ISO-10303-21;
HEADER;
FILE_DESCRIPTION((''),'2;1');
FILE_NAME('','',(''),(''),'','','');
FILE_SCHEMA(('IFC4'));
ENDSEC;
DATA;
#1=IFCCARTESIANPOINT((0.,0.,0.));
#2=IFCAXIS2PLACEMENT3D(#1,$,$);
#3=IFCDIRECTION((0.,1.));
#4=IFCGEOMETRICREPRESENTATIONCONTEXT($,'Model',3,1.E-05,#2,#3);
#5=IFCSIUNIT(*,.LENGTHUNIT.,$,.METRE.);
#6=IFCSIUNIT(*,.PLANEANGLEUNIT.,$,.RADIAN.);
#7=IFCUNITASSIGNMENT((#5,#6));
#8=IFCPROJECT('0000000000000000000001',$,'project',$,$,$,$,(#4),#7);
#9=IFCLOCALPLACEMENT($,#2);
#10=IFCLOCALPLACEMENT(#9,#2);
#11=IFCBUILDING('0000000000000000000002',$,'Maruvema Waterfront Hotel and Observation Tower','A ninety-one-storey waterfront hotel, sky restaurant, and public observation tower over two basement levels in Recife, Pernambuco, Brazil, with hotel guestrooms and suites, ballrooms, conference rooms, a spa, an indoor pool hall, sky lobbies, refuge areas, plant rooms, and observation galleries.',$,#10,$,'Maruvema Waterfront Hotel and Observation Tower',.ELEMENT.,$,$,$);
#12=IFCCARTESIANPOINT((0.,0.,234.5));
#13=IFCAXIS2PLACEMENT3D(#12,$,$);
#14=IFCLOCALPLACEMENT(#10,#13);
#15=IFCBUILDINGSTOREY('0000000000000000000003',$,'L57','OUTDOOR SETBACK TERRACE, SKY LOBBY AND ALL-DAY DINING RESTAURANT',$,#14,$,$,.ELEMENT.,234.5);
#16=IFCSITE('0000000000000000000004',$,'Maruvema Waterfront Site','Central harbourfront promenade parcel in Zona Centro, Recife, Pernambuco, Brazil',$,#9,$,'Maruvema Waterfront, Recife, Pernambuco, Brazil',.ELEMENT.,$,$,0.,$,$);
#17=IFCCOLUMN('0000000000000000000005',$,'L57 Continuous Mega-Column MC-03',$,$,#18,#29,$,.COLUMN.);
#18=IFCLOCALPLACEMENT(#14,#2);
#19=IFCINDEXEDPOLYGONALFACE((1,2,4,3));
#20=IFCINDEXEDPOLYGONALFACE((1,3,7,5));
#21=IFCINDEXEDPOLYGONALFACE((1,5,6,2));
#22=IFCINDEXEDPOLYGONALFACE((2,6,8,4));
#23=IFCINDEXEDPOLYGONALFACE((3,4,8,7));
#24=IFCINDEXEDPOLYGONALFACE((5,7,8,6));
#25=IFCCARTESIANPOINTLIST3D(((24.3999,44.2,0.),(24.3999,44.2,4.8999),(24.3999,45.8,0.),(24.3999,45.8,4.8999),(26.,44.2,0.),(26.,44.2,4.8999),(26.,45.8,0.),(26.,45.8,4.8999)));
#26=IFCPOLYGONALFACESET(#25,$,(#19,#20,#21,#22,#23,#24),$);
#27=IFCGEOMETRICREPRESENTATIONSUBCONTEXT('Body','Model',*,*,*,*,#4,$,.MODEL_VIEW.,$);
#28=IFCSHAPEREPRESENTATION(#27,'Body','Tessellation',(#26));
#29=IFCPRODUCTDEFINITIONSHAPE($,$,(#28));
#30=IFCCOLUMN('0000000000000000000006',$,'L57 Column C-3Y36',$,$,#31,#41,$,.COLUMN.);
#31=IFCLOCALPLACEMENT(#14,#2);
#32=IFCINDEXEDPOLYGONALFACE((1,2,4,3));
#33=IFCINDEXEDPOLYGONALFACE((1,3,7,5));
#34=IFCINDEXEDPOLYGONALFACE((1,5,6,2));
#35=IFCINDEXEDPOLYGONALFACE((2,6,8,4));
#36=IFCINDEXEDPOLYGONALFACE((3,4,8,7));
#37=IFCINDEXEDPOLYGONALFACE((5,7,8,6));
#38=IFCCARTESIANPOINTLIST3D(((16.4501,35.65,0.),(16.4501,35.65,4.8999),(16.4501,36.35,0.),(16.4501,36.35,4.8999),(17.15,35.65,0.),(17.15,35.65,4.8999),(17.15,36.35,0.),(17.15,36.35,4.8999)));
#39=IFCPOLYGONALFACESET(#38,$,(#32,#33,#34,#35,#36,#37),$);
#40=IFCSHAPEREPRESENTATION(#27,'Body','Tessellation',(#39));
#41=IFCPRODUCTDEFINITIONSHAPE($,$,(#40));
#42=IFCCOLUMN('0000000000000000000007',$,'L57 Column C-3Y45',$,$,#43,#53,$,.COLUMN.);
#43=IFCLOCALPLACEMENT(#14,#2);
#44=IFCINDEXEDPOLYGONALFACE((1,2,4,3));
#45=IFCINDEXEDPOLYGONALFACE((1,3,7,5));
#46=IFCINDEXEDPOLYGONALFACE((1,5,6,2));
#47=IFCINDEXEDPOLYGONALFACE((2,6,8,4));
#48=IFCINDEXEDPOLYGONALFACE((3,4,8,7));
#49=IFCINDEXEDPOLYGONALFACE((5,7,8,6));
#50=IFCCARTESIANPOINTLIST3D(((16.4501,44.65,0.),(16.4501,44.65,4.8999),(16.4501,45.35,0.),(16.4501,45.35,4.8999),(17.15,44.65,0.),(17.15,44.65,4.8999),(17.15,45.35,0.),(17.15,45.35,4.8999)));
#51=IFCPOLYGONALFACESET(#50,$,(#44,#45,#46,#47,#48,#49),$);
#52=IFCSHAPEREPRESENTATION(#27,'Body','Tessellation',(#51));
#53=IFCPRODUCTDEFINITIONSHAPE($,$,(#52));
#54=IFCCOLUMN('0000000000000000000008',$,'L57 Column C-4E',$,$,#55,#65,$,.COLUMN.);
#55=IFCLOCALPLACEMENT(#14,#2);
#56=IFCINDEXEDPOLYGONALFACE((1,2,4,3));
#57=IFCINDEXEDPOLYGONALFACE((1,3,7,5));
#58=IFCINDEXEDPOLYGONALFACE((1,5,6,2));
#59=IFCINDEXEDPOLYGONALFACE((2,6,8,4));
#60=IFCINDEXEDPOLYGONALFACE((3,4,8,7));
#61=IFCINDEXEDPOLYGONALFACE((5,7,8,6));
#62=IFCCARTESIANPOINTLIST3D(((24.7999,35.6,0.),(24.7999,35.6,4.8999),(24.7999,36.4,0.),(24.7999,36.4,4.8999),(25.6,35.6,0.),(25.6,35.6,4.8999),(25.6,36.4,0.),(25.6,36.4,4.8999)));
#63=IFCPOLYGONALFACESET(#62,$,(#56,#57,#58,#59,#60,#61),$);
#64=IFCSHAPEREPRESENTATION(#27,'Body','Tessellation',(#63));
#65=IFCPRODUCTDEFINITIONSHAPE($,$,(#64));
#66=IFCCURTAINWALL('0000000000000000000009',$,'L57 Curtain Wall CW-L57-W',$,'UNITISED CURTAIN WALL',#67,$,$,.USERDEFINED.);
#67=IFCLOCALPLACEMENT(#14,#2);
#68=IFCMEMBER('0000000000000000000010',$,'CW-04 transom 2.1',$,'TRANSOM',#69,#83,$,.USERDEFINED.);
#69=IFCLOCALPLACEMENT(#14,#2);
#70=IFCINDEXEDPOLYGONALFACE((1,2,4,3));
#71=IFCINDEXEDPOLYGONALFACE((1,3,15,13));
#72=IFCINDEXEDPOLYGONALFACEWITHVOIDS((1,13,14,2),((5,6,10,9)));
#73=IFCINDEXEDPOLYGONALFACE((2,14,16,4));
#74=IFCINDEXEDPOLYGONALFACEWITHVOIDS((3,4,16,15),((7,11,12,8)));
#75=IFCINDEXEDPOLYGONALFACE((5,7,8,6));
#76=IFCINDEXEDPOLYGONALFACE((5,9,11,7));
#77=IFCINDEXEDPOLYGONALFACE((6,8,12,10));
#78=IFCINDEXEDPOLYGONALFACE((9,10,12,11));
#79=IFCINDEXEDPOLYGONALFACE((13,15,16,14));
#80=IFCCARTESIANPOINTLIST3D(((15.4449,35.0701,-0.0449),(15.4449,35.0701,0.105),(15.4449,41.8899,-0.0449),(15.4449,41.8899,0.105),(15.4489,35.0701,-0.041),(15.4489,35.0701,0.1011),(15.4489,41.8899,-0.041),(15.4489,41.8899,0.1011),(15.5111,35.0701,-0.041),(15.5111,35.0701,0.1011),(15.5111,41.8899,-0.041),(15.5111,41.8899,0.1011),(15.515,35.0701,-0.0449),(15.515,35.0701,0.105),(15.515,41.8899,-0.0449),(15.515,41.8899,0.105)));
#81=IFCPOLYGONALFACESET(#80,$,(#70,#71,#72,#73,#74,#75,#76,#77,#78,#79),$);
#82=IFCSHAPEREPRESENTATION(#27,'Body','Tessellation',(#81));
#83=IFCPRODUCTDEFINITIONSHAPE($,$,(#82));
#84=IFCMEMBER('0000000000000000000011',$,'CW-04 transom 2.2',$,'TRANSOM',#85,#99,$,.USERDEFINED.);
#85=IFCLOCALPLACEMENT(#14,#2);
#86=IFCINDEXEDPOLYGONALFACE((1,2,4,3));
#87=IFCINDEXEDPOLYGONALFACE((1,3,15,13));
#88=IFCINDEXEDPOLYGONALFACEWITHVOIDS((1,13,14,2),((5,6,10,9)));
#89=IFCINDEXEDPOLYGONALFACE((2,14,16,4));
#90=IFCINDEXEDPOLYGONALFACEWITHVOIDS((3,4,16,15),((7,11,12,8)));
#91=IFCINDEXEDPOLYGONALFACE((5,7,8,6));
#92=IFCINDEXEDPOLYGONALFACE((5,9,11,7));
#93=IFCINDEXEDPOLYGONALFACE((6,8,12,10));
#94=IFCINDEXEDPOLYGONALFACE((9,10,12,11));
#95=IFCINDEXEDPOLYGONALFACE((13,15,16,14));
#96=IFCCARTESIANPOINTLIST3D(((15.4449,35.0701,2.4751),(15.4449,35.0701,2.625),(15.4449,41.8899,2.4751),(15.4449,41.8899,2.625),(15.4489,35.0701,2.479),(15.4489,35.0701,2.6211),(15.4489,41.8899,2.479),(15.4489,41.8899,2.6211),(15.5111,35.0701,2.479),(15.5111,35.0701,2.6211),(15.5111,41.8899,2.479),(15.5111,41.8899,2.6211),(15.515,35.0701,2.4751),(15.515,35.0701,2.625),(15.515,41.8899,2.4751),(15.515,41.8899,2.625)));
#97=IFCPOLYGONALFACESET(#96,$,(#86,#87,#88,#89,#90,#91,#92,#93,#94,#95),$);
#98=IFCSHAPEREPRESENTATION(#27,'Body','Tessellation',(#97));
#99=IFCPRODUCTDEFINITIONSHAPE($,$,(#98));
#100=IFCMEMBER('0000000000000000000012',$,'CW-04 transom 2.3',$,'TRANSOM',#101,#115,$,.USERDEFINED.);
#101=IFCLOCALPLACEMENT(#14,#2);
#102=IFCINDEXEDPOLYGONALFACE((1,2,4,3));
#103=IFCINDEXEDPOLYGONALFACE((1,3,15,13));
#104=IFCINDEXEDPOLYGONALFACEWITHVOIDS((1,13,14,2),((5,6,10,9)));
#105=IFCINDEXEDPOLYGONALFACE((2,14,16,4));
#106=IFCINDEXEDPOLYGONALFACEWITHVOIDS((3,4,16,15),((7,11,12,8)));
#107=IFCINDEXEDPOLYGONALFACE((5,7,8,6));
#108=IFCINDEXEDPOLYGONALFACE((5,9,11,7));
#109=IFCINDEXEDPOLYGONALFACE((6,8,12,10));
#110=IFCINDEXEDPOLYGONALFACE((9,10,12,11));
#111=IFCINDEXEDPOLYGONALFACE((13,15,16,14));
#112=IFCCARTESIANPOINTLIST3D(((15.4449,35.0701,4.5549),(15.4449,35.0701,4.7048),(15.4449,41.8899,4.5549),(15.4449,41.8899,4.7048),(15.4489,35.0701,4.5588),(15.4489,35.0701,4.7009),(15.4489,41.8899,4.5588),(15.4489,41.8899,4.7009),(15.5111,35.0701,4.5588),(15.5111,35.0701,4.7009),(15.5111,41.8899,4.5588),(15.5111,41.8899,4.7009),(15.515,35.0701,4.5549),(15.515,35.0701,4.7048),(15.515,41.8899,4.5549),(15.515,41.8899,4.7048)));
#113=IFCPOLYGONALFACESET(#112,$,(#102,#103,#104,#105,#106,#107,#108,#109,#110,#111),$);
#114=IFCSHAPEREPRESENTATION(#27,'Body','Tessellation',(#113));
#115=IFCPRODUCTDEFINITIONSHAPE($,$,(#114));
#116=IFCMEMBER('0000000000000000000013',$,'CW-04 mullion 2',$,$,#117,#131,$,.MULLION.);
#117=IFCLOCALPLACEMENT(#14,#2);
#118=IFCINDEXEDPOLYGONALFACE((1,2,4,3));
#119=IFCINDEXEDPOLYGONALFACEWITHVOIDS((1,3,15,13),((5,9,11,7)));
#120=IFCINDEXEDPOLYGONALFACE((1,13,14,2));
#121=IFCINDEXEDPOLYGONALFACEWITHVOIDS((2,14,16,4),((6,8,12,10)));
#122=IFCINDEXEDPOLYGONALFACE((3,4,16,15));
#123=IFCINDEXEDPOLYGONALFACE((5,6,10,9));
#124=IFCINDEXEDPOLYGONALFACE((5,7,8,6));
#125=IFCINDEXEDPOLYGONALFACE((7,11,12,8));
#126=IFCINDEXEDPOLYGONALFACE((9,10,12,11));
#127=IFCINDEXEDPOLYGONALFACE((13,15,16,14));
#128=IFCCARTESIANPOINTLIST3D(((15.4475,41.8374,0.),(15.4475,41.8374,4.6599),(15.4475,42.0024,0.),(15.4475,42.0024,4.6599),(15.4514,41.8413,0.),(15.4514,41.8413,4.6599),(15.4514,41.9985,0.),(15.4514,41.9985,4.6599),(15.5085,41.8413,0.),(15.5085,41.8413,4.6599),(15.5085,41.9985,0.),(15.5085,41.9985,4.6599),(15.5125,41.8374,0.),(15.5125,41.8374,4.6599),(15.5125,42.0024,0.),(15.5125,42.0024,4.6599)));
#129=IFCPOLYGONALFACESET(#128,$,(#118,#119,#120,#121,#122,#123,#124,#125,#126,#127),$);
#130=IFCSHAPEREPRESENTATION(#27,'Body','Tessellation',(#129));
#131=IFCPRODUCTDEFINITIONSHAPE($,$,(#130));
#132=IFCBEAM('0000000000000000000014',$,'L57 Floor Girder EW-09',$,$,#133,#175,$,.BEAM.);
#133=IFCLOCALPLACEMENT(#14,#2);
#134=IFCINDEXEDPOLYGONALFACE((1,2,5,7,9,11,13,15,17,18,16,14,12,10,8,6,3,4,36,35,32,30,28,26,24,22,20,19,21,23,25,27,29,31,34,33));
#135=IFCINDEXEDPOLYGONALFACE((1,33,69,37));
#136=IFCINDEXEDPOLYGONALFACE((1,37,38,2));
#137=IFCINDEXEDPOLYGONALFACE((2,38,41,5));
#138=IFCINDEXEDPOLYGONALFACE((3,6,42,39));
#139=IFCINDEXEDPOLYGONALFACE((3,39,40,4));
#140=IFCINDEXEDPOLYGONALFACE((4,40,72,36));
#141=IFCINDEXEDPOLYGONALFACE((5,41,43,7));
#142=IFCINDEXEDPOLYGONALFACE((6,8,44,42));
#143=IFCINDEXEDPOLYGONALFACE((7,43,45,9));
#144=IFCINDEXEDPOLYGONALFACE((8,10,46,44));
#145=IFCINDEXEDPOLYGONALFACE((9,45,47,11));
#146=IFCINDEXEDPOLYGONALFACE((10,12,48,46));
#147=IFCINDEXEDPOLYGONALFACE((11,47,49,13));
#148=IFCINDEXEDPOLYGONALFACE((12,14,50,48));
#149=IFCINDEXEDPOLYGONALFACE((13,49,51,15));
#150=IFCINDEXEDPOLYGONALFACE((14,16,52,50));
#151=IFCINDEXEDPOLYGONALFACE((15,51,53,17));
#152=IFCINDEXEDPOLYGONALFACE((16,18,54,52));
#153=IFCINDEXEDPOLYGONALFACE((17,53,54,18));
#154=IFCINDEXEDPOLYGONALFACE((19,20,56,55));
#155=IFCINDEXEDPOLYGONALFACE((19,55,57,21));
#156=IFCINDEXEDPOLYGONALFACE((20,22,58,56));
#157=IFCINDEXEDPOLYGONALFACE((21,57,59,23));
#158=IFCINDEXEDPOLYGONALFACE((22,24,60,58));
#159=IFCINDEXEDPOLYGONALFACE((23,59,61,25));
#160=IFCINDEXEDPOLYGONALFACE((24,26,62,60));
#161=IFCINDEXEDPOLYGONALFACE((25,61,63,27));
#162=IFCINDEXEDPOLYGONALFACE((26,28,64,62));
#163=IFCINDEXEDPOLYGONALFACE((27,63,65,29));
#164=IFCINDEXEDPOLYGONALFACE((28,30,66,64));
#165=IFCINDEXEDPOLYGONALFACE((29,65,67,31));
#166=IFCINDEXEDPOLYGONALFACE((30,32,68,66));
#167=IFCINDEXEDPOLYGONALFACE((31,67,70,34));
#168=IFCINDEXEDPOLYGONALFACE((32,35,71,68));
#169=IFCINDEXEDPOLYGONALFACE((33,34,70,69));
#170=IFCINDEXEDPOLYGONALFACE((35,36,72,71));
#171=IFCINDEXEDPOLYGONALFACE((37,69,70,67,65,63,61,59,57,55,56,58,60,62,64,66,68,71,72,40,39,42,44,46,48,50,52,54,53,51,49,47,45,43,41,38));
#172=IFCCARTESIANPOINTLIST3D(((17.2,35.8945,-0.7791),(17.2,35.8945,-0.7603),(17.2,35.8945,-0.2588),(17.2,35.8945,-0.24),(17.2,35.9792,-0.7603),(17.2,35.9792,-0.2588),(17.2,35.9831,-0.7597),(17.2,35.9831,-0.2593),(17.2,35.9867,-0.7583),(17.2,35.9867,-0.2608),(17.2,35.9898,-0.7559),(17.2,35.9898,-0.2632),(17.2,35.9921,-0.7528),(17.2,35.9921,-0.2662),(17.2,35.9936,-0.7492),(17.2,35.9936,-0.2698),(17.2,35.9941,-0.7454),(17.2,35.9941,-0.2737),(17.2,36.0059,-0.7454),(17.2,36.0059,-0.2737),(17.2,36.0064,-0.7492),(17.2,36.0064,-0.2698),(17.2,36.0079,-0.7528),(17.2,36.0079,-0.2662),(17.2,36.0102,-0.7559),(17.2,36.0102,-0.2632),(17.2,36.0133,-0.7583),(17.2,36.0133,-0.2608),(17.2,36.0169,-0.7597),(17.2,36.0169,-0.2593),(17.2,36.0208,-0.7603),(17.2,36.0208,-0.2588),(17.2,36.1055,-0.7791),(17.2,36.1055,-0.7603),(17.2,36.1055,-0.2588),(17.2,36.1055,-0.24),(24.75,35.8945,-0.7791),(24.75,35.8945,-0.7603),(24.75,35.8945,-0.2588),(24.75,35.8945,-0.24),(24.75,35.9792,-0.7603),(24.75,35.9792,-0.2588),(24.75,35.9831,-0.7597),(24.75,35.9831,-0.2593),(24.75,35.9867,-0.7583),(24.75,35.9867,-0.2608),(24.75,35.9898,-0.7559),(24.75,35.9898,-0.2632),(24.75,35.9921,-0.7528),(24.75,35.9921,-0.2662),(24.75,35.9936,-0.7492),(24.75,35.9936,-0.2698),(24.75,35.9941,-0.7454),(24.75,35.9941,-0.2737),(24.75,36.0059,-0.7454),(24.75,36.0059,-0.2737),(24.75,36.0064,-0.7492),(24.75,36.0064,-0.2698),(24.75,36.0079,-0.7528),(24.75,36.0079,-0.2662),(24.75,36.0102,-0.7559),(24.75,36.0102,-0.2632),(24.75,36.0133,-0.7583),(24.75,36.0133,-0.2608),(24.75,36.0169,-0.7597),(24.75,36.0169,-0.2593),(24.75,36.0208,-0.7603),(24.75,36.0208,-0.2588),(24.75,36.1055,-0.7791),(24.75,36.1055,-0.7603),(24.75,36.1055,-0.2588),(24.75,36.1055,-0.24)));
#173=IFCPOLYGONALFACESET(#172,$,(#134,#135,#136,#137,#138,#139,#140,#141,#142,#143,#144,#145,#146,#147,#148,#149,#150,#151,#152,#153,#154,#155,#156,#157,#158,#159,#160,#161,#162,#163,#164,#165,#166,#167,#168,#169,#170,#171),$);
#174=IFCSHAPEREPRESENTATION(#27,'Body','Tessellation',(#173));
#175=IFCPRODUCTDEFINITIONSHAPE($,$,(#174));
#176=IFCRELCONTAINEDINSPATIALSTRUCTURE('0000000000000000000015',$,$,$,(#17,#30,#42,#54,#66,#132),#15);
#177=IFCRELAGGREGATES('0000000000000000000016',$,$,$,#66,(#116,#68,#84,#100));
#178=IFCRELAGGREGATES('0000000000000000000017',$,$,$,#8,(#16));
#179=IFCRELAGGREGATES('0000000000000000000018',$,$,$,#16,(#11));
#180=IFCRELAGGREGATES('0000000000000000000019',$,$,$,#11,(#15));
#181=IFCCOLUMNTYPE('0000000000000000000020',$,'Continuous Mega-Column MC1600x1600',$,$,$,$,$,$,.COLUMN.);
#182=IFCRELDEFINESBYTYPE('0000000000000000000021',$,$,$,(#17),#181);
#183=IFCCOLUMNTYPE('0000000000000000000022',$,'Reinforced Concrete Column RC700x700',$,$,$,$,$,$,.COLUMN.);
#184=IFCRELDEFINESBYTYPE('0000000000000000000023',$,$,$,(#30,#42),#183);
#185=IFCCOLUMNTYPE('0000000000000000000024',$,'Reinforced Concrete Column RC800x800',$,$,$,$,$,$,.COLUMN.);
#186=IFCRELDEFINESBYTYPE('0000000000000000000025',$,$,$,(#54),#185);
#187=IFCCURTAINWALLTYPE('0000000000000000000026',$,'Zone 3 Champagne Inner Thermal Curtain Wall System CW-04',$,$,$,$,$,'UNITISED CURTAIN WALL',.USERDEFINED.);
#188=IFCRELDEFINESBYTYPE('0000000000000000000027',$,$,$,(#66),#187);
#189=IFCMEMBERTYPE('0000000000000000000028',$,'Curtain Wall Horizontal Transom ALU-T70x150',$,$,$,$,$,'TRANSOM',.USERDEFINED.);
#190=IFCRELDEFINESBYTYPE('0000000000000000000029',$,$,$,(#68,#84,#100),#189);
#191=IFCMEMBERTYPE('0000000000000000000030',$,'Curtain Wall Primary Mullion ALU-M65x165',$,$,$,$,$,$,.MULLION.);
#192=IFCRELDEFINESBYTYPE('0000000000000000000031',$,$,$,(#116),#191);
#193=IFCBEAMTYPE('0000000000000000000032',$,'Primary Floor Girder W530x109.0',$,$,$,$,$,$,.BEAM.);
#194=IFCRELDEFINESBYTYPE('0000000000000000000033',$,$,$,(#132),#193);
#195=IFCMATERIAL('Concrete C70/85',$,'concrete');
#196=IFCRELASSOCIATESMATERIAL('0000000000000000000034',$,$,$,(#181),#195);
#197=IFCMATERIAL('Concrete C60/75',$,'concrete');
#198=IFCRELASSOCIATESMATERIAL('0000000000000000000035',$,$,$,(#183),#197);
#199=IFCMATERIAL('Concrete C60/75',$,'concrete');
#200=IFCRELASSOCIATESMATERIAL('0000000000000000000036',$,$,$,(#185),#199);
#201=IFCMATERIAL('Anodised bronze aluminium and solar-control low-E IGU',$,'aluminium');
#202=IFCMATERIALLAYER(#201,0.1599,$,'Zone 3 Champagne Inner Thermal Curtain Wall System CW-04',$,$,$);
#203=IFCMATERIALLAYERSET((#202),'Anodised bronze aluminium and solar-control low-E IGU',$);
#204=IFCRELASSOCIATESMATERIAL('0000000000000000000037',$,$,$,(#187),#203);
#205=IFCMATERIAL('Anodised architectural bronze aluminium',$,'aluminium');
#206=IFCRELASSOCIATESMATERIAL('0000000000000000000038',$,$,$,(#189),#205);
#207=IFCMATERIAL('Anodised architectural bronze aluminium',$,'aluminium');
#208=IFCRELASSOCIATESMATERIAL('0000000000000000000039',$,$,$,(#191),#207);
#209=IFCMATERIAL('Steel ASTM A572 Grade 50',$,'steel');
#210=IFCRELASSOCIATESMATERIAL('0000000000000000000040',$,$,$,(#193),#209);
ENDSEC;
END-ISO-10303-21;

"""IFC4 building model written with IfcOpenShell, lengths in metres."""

from ifc_helpers import new_model, si_unit, direction, frame, origin, origin_2d, place, context, subcontext, project, spatial, rectangle, hollow_rectangle, i_section, extrude, material, layer, layer_set, material_profile, profile_set, type_object, element, aggregate, save


model = new_model("IFC4")

# Units and contexts
model_context = context("Model", 3, precision=1e-05, world=origin(), true_north=direction((0.0, 1.0)))
body_context = subcontext(model_context, "Body", "Model", "MODEL_VIEW")
ifc_project = project(units=[si_unit("LENGTHUNIT", "METRE"), si_unit("PLANEANGLEUNIT", "RADIAN")], contexts=[model_context])

# Site, building, storey
site_placement = place(None, origin())
site = spatial("IfcSite", under=ifc_project, at=site_placement, Name="Maruvema Waterfront Site", Description="Central harbourfront promenade parcel in Zona Centro, Recife, Pernambuco, Brazil", LongName="Maruvema Waterfront, Recife, Pernambuco, Brazil", CompositionType="ELEMENT", RefElevation=0.0)
building_placement = place(site_placement, origin())
building = spatial("IfcBuilding", under=site, at=building_placement, Name="Maruvema Waterfront Hotel and Observation Tower", Description="A ninety-one-storey waterfront hotel, sky restaurant, and public observation tower over two basement levels in Recife, Pernambuco, Brazil, with hotel guestrooms and suites, ballrooms, conference rooms, a spa, an indoor pool hall, sky lobbies, refuge areas, plant rooms, and observation galleries.", LongName="Maruvema Waterfront Hotel and Observation Tower", CompositionType="ELEMENT")
storey_placement = place(building_placement, frame((0.0, 0.0, 234.5)))
storey = spatial("IfcBuildingStorey", under=building, at=storey_placement, Name="L57", Description="OUTDOOR SETBACK TERRACE, SKY LOBBY AND ALL-DAY DINING RESTAURANT", CompositionType="ELEMENT", Elevation=234.5)

# Columns
ifc_material_1 = material(Name="Concrete C70/85", Category="concrete")
ifc_material_profile_1 = material_profile(ifc_material_1, rectangle(XDim=1.6001, YDim=1.6001, at=origin_2d()), Name="MC1600x1600")
ifc_profile_set_1 = profile_set([ifc_material_profile_1], Name="Concrete C70/85")
column_type_1 = type_object("IfcColumnType", Name="Continuous Mega-Column MC1600x1600", PredefinedType="COLUMN", material=ifc_profile_set_1)
column_1_placement = place(storey_placement, frame((25.2, 45.0, 0.0), z_axis=(0.0, 0.0, 1.0), x_axis=(1.0, 0.0, 0.0)))
element("IfcColumn", 1, at=column_1_placement, inside=storey, type_object=column_type_1, Name="L57 Continuous Mega-Column MC-03", PredefinedType="COLUMN", context=body_context, shape_type="SweptSolid", body=[
    extrude(rectangle(XDim=1.6001, YDim=1.6001, at=origin_2d()), origin(), (0.0, 0.0, 1.0), 4.8999),
])
ifc_material_2 = material(Name="Concrete C60/75", Category="concrete")
ifc_material_profile_2 = material_profile(ifc_material_2, rectangle(XDim=0.7, YDim=0.7, at=origin_2d()), Name="RC700x700")
ifc_profile_set_2 = profile_set([ifc_material_profile_2], Name="Concrete C60/75")
column_type_2 = type_object("IfcColumnType", Name="Reinforced Concrete Column RC700x700", PredefinedType="COLUMN", material=ifc_profile_set_2)
for number, where, z_axis, x_axis, name in (
    (2, (16.8, 36.0, 0.0), (0.0, 0.0, 1.0), (1.0, 0.0, 0.0), "L57 Column C-3Y36"),
    (3, (16.8, 45.0, 0.0), (0.0, 0.0, 1.0), (1.0, 0.0, 0.0), "L57 Column C-3Y45"),
):
    element("IfcColumn", number, at=place(storey_placement, frame(where, z_axis=z_axis, x_axis=x_axis)), inside=storey, type_object=column_type_2, Name=name, PredefinedType="COLUMN", context=body_context, shape_type="SweptSolid", body=[
        extrude(rectangle(XDim=0.7, YDim=0.7, at=origin_2d()), origin(), (0.0, 0.0, 1.0), 4.8999),
    ])
ifc_material_3 = material(Name="Concrete C60/75", Category="concrete")
ifc_material_profile_3 = material_profile(ifc_material_3, rectangle(XDim=0.8, YDim=0.8, at=origin_2d()), Name="RC800x800")
ifc_profile_set_3 = profile_set([ifc_material_profile_3], Name="Concrete C60/75")
column_type_3 = type_object("IfcColumnType", Name="Reinforced Concrete Column RC800x800", PredefinedType="COLUMN", material=ifc_profile_set_3)
column_2_placement = place(storey_placement, frame((25.2, 36.0, 0.0), z_axis=(0.0, 0.0, 1.0), x_axis=(1.0, 0.0, 0.0)))
element("IfcColumn", 4, at=column_2_placement, inside=storey, type_object=column_type_3, Name="L57 Column C-4E", PredefinedType="COLUMN", context=body_context, shape_type="SweptSolid", body=[
    extrude(rectangle(XDim=0.8, YDim=0.8, at=origin_2d()), origin(), (0.0, 0.0, 1.0), 4.8999),
])

# Curtain wall, members
ifc_material_4 = material(Name="Anodised bronze aluminium and solar-control low-E IGU", Category="aluminium")
ifc_layer_1 = layer(ifc_material_4, 0.1599, Name="Zone 3 Champagne Inner Thermal Curtain Wall System CW-04")
ifc_layer_set_1 = layer_set([ifc_layer_1], Name="Anodised bronze aluminium and solar-control low-E IGU")
curtain_wall_type = type_object("IfcCurtainWallType", Name="Zone 3 Champagne Inner Thermal Curtain Wall System CW-04", ElementType="UNITISED CURTAIN WALL", PredefinedType="USERDEFINED", material=ifc_layer_set_1)
curtain_wall_placement = place(storey_placement, origin())
curtain_wall = element("IfcCurtainWall", 5, at=curtain_wall_placement, inside=storey, type_object=curtain_wall_type, Name="L57 Curtain Wall CW-L57-W", ObjectType="UNITISED CURTAIN WALL", PredefinedType="USERDEFINED")
ifc_material_5 = material(Name="Anodised architectural bronze aluminium", Category="aluminium")
ifc_material_profile_4 = material_profile(ifc_material_5, hollow_rectangle(XDim=0.0701, YDim=0.1499, WallThickness=0.0039, at=origin_2d()), Name="ALU-T70x150")
ifc_profile_set_4 = profile_set([ifc_material_profile_4], Name="Anodised architectural bronze aluminium")
member_type_1 = type_object("IfcMemberType", Name="Curtain Wall Horizontal Transom ALU-T70x150", ElementType="TRANSOM", PredefinedType="USERDEFINED", material=ifc_profile_set_4)
member_1_placement = place(storey_placement, frame((15.48, 41.8899, 0.03), z_axis=(0.0, -1.0, 0.0), x_axis=(1.0, 0.0, 0.0)))
member_1 = element("IfcMember", 6, at=member_1_placement, type_object=member_type_1, Name="CW-04 transom 2.1", ObjectType="TRANSOM", PredefinedType="USERDEFINED", context=body_context, shape_type="SweptSolid", body=[
    extrude(hollow_rectangle(XDim=0.0701, YDim=0.1499, WallThickness=0.0039, at=origin_2d()), origin(), (0.0, 0.0, 1.0), 6.8198),
])
member_2_placement = place(storey_placement, frame((15.48, 41.8899, 2.55), z_axis=(0.0, -1.0, 0.0), x_axis=(1.0, 0.0, 0.0)))
member_2 = element("IfcMember", 7, at=member_2_placement, type_object=member_type_1, Name="CW-04 transom 2.2", ObjectType="TRANSOM", PredefinedType="USERDEFINED", context=body_context, shape_type="SweptSolid", body=[
    extrude(hollow_rectangle(XDim=0.0701, YDim=0.1499, WallThickness=0.0039, at=origin_2d()), origin(), (0.0, 0.0, 1.0), 6.8198),
])
member_3_placement = place(storey_placement, frame((15.48, 41.8899, 4.6299), z_axis=(0.0, -1.0, 0.0), x_axis=(1.0, 0.0, 0.0)))
member_3 = element("IfcMember", 8, at=member_3_placement, type_object=member_type_1, Name="CW-04 transom 2.3", ObjectType="TRANSOM", PredefinedType="USERDEFINED", context=body_context, shape_type="SweptSolid", body=[
    extrude(hollow_rectangle(XDim=0.0701, YDim=0.1499, WallThickness=0.0039, at=origin_2d()), origin(), (0.0, 0.0, 1.0), 6.8198),
])
ifc_material_6 = material(Name="Anodised architectural bronze aluminium", Category="aluminium")
ifc_material_profile_5 = material_profile(ifc_material_6, hollow_rectangle(XDim=0.0649, YDim=0.165, WallThickness=0.0039, at=origin_2d()), Name="ALU-M65x165")
ifc_profile_set_5 = profile_set([ifc_material_profile_5], Name="Anodised architectural bronze aluminium")
member_type_2 = type_object("IfcMemberType", Name="Curtain Wall Primary Mullion ALU-M65x165", PredefinedType="MULLION", material=ifc_profile_set_5)
member_4_placement = place(storey_placement, frame((15.48, 41.9199, 0.0), z_axis=(0.0, 0.0, 1.0), x_axis=(1.0, 0.0, 0.0)))
member_4 = element("IfcMember", 9, at=member_4_placement, type_object=member_type_2, Name="CW-04 mullion 2", PredefinedType="MULLION", context=body_context, shape_type="SweptSolid", body=[
    extrude(hollow_rectangle(XDim=0.0649, YDim=0.165, WallThickness=0.0039, at=origin_2d()), origin(), (0.0, 0.0, 1.0), 4.6599),
])

# Beam
ifc_material_7 = material(Name="Steel ASTM A572 Grade 50", Category="steel")
ifc_material_profile_6 = material_profile(ifc_material_7, i_section(OverallWidth=0.2109, OverallDepth=0.5391, WebThickness=0.0117, FlangeThickness=0.0188, FilletRadius=0.0149, at=origin_2d()), Name="W530x109.0")
ifc_profile_set_6 = profile_set([ifc_material_profile_6], Name="Steel ASTM A572 Grade 50")
beam_type_1 = type_object("IfcBeamType", Name="Primary Floor Girder W530x109.0", PredefinedType="BEAM", material=ifc_profile_set_6)
beam_1_placement = place(storey_placement, frame((17.2, 36.0, -0.5095), z_axis=(1.0, 0.0, 0.0), x_axis=(0.0, 1.0, 0.0)))
element("IfcBeam", 10, at=beam_1_placement, inside=storey, type_object=beam_type_1, Name="L57 Floor Girder EW-09", PredefinedType="BEAM", context=body_context, shape_type="SweptSolid", body=[
    extrude(i_section(OverallWidth=0.2109, OverallDepth=0.5391, WebThickness=0.0117, FlangeThickness=0.0188, FilletRadius=0.0149, at=origin_2d()), origin(), (0.0, 0.0, 1.0), 7.55),
])

aggregate(curtain_wall, [member_4, member_1, member_2, member_3])

save(model, "model.ifc")
